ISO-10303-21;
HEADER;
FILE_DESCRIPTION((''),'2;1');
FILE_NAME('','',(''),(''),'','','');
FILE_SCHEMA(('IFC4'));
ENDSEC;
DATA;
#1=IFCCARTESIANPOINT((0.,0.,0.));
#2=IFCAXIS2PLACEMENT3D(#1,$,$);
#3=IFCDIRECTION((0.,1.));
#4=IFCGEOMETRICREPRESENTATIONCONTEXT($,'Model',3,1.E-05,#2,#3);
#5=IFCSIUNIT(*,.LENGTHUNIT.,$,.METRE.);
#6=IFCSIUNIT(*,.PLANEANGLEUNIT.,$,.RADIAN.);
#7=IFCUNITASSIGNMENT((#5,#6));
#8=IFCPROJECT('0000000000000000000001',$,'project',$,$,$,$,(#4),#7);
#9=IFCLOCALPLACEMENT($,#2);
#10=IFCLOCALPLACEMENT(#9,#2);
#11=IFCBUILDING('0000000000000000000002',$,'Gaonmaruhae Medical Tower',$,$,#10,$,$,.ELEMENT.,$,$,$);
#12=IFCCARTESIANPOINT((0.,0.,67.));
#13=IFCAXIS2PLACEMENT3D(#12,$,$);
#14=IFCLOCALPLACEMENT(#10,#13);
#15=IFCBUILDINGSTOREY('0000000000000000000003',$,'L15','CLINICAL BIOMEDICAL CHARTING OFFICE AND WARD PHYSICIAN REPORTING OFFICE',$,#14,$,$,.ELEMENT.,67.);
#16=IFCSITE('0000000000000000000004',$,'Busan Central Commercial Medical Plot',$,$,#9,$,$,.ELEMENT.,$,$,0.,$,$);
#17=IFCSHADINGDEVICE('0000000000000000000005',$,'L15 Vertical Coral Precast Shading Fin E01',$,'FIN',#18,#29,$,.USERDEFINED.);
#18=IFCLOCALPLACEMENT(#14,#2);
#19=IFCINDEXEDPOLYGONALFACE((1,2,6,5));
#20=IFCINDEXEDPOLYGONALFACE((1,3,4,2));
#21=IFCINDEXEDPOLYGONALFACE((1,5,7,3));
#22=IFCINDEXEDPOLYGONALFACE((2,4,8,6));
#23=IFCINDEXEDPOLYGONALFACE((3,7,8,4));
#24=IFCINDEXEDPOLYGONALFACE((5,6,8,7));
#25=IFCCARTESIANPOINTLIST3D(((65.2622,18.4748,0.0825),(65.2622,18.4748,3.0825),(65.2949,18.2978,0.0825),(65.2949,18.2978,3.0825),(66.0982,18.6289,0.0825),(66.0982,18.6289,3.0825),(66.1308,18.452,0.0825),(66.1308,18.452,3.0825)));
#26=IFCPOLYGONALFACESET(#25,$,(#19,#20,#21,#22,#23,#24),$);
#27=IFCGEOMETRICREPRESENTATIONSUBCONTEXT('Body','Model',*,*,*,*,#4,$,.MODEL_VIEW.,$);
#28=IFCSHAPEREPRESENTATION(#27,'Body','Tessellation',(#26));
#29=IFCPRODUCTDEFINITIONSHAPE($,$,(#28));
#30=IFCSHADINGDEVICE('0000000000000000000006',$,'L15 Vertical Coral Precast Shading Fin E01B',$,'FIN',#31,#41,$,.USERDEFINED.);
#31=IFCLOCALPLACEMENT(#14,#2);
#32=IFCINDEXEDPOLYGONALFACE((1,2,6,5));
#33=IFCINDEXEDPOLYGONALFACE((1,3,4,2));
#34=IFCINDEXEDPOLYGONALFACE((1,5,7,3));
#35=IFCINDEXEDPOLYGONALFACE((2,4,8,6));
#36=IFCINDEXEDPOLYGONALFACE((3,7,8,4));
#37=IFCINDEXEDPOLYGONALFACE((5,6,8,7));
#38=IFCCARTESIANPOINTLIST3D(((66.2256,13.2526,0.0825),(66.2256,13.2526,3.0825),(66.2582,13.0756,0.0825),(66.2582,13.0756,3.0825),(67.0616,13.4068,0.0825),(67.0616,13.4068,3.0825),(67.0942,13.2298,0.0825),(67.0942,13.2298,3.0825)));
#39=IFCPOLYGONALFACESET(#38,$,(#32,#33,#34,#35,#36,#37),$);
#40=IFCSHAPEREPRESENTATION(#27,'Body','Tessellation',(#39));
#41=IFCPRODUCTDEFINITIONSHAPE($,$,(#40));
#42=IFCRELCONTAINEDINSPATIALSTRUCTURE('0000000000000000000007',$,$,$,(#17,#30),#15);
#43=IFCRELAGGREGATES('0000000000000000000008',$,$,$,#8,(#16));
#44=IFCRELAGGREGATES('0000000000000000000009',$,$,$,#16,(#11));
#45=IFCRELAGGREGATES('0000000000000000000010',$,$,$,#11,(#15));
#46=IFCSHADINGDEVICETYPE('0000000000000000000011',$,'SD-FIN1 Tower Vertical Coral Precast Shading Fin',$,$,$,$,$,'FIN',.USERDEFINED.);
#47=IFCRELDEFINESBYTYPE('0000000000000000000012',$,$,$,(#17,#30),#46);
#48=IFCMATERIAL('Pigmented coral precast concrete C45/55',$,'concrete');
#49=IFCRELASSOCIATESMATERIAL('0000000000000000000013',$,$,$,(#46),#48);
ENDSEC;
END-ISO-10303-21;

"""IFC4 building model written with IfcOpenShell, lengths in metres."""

from ifc_helpers import new_model, si_unit, direction, frame, origin, origin_2d, place, context, subcontext, project, spatial, rectangle, extrude, material, type_object, element, save


model = new_model("IFC4")

# Units and contexts
model_context = context("Model", 3, precision=1e-05, world=origin(), true_north=direction((0.0, 1.0)))
body_context = subcontext(model_context, "Body", "Model", "MODEL_VIEW")
ifc_project = project(units=[si_unit("LENGTHUNIT", "METRE"), si_unit("PLANEANGLEUNIT", "RADIAN")], contexts=[model_context])

# Site, building, storey
site_placement = place(None, origin())
site = spatial("IfcSite", under=ifc_project, at=site_placement, Name="Busan Central Commercial Medical Plot", CompositionType="ELEMENT", RefElevation=0.0)
building_placement = place(site_placement, origin())
building = spatial("IfcBuilding", under=site, at=building_placement, Name="Gaonmaruhae Medical Tower", CompositionType="ELEMENT")
storey_placement = place(building_placement, frame((0.0, 0.0, 67.0)))
storey = spatial("IfcBuildingStorey", under=building, at=storey_placement, Name="L15", Description="CLINICAL BIOMEDICAL CHARTING OFFICE AND WARD PHYSICIAN REPORTING OFFICE", CompositionType="ELEMENT", Elevation=67.0)

# Shading devices
ifc_material_1 = material(Name="Pigmented coral precast concrete C45/55", Category="concrete")
shading_device_type = type_object("IfcShadingDeviceType", Name="SD-FIN1 Tower Vertical Coral Precast Shading Fin", ElementType="FIN", PredefinedType="USERDEFINED", material=ifc_material_1)
for number, where, z_axis, x_axis, name in (
    (1, (65.6965, 18.4634, 0.0825), (0.0, 0.0, 1.0), (0.181377, -0.983414, 0.0), "L15 Vertical Coral Precast Shading Fin E01"),
    (2, (66.6599, 13.2412, 0.0825), (0.0, 0.0, 1.0), (0.181377, -0.983414, 0.0), "L15 Vertical Coral Precast Shading Fin E01B"),
):
    element("IfcShadingDevice", number, at=place(storey_placement, frame(where, z_axis=z_axis, x_axis=x_axis)), inside=storey, type_object=shading_device_type, Name=name, ObjectType="FIN", PredefinedType="USERDEFINED", context=body_context, shape_type="SweptSolid", body=[
        extrude(rectangle(XDim=0.1799, YDim=0.8501, at=origin_2d()), origin(), (0.0, 0.0, 1.0), 3.0),
    ])

save(model, "model.ifc")
